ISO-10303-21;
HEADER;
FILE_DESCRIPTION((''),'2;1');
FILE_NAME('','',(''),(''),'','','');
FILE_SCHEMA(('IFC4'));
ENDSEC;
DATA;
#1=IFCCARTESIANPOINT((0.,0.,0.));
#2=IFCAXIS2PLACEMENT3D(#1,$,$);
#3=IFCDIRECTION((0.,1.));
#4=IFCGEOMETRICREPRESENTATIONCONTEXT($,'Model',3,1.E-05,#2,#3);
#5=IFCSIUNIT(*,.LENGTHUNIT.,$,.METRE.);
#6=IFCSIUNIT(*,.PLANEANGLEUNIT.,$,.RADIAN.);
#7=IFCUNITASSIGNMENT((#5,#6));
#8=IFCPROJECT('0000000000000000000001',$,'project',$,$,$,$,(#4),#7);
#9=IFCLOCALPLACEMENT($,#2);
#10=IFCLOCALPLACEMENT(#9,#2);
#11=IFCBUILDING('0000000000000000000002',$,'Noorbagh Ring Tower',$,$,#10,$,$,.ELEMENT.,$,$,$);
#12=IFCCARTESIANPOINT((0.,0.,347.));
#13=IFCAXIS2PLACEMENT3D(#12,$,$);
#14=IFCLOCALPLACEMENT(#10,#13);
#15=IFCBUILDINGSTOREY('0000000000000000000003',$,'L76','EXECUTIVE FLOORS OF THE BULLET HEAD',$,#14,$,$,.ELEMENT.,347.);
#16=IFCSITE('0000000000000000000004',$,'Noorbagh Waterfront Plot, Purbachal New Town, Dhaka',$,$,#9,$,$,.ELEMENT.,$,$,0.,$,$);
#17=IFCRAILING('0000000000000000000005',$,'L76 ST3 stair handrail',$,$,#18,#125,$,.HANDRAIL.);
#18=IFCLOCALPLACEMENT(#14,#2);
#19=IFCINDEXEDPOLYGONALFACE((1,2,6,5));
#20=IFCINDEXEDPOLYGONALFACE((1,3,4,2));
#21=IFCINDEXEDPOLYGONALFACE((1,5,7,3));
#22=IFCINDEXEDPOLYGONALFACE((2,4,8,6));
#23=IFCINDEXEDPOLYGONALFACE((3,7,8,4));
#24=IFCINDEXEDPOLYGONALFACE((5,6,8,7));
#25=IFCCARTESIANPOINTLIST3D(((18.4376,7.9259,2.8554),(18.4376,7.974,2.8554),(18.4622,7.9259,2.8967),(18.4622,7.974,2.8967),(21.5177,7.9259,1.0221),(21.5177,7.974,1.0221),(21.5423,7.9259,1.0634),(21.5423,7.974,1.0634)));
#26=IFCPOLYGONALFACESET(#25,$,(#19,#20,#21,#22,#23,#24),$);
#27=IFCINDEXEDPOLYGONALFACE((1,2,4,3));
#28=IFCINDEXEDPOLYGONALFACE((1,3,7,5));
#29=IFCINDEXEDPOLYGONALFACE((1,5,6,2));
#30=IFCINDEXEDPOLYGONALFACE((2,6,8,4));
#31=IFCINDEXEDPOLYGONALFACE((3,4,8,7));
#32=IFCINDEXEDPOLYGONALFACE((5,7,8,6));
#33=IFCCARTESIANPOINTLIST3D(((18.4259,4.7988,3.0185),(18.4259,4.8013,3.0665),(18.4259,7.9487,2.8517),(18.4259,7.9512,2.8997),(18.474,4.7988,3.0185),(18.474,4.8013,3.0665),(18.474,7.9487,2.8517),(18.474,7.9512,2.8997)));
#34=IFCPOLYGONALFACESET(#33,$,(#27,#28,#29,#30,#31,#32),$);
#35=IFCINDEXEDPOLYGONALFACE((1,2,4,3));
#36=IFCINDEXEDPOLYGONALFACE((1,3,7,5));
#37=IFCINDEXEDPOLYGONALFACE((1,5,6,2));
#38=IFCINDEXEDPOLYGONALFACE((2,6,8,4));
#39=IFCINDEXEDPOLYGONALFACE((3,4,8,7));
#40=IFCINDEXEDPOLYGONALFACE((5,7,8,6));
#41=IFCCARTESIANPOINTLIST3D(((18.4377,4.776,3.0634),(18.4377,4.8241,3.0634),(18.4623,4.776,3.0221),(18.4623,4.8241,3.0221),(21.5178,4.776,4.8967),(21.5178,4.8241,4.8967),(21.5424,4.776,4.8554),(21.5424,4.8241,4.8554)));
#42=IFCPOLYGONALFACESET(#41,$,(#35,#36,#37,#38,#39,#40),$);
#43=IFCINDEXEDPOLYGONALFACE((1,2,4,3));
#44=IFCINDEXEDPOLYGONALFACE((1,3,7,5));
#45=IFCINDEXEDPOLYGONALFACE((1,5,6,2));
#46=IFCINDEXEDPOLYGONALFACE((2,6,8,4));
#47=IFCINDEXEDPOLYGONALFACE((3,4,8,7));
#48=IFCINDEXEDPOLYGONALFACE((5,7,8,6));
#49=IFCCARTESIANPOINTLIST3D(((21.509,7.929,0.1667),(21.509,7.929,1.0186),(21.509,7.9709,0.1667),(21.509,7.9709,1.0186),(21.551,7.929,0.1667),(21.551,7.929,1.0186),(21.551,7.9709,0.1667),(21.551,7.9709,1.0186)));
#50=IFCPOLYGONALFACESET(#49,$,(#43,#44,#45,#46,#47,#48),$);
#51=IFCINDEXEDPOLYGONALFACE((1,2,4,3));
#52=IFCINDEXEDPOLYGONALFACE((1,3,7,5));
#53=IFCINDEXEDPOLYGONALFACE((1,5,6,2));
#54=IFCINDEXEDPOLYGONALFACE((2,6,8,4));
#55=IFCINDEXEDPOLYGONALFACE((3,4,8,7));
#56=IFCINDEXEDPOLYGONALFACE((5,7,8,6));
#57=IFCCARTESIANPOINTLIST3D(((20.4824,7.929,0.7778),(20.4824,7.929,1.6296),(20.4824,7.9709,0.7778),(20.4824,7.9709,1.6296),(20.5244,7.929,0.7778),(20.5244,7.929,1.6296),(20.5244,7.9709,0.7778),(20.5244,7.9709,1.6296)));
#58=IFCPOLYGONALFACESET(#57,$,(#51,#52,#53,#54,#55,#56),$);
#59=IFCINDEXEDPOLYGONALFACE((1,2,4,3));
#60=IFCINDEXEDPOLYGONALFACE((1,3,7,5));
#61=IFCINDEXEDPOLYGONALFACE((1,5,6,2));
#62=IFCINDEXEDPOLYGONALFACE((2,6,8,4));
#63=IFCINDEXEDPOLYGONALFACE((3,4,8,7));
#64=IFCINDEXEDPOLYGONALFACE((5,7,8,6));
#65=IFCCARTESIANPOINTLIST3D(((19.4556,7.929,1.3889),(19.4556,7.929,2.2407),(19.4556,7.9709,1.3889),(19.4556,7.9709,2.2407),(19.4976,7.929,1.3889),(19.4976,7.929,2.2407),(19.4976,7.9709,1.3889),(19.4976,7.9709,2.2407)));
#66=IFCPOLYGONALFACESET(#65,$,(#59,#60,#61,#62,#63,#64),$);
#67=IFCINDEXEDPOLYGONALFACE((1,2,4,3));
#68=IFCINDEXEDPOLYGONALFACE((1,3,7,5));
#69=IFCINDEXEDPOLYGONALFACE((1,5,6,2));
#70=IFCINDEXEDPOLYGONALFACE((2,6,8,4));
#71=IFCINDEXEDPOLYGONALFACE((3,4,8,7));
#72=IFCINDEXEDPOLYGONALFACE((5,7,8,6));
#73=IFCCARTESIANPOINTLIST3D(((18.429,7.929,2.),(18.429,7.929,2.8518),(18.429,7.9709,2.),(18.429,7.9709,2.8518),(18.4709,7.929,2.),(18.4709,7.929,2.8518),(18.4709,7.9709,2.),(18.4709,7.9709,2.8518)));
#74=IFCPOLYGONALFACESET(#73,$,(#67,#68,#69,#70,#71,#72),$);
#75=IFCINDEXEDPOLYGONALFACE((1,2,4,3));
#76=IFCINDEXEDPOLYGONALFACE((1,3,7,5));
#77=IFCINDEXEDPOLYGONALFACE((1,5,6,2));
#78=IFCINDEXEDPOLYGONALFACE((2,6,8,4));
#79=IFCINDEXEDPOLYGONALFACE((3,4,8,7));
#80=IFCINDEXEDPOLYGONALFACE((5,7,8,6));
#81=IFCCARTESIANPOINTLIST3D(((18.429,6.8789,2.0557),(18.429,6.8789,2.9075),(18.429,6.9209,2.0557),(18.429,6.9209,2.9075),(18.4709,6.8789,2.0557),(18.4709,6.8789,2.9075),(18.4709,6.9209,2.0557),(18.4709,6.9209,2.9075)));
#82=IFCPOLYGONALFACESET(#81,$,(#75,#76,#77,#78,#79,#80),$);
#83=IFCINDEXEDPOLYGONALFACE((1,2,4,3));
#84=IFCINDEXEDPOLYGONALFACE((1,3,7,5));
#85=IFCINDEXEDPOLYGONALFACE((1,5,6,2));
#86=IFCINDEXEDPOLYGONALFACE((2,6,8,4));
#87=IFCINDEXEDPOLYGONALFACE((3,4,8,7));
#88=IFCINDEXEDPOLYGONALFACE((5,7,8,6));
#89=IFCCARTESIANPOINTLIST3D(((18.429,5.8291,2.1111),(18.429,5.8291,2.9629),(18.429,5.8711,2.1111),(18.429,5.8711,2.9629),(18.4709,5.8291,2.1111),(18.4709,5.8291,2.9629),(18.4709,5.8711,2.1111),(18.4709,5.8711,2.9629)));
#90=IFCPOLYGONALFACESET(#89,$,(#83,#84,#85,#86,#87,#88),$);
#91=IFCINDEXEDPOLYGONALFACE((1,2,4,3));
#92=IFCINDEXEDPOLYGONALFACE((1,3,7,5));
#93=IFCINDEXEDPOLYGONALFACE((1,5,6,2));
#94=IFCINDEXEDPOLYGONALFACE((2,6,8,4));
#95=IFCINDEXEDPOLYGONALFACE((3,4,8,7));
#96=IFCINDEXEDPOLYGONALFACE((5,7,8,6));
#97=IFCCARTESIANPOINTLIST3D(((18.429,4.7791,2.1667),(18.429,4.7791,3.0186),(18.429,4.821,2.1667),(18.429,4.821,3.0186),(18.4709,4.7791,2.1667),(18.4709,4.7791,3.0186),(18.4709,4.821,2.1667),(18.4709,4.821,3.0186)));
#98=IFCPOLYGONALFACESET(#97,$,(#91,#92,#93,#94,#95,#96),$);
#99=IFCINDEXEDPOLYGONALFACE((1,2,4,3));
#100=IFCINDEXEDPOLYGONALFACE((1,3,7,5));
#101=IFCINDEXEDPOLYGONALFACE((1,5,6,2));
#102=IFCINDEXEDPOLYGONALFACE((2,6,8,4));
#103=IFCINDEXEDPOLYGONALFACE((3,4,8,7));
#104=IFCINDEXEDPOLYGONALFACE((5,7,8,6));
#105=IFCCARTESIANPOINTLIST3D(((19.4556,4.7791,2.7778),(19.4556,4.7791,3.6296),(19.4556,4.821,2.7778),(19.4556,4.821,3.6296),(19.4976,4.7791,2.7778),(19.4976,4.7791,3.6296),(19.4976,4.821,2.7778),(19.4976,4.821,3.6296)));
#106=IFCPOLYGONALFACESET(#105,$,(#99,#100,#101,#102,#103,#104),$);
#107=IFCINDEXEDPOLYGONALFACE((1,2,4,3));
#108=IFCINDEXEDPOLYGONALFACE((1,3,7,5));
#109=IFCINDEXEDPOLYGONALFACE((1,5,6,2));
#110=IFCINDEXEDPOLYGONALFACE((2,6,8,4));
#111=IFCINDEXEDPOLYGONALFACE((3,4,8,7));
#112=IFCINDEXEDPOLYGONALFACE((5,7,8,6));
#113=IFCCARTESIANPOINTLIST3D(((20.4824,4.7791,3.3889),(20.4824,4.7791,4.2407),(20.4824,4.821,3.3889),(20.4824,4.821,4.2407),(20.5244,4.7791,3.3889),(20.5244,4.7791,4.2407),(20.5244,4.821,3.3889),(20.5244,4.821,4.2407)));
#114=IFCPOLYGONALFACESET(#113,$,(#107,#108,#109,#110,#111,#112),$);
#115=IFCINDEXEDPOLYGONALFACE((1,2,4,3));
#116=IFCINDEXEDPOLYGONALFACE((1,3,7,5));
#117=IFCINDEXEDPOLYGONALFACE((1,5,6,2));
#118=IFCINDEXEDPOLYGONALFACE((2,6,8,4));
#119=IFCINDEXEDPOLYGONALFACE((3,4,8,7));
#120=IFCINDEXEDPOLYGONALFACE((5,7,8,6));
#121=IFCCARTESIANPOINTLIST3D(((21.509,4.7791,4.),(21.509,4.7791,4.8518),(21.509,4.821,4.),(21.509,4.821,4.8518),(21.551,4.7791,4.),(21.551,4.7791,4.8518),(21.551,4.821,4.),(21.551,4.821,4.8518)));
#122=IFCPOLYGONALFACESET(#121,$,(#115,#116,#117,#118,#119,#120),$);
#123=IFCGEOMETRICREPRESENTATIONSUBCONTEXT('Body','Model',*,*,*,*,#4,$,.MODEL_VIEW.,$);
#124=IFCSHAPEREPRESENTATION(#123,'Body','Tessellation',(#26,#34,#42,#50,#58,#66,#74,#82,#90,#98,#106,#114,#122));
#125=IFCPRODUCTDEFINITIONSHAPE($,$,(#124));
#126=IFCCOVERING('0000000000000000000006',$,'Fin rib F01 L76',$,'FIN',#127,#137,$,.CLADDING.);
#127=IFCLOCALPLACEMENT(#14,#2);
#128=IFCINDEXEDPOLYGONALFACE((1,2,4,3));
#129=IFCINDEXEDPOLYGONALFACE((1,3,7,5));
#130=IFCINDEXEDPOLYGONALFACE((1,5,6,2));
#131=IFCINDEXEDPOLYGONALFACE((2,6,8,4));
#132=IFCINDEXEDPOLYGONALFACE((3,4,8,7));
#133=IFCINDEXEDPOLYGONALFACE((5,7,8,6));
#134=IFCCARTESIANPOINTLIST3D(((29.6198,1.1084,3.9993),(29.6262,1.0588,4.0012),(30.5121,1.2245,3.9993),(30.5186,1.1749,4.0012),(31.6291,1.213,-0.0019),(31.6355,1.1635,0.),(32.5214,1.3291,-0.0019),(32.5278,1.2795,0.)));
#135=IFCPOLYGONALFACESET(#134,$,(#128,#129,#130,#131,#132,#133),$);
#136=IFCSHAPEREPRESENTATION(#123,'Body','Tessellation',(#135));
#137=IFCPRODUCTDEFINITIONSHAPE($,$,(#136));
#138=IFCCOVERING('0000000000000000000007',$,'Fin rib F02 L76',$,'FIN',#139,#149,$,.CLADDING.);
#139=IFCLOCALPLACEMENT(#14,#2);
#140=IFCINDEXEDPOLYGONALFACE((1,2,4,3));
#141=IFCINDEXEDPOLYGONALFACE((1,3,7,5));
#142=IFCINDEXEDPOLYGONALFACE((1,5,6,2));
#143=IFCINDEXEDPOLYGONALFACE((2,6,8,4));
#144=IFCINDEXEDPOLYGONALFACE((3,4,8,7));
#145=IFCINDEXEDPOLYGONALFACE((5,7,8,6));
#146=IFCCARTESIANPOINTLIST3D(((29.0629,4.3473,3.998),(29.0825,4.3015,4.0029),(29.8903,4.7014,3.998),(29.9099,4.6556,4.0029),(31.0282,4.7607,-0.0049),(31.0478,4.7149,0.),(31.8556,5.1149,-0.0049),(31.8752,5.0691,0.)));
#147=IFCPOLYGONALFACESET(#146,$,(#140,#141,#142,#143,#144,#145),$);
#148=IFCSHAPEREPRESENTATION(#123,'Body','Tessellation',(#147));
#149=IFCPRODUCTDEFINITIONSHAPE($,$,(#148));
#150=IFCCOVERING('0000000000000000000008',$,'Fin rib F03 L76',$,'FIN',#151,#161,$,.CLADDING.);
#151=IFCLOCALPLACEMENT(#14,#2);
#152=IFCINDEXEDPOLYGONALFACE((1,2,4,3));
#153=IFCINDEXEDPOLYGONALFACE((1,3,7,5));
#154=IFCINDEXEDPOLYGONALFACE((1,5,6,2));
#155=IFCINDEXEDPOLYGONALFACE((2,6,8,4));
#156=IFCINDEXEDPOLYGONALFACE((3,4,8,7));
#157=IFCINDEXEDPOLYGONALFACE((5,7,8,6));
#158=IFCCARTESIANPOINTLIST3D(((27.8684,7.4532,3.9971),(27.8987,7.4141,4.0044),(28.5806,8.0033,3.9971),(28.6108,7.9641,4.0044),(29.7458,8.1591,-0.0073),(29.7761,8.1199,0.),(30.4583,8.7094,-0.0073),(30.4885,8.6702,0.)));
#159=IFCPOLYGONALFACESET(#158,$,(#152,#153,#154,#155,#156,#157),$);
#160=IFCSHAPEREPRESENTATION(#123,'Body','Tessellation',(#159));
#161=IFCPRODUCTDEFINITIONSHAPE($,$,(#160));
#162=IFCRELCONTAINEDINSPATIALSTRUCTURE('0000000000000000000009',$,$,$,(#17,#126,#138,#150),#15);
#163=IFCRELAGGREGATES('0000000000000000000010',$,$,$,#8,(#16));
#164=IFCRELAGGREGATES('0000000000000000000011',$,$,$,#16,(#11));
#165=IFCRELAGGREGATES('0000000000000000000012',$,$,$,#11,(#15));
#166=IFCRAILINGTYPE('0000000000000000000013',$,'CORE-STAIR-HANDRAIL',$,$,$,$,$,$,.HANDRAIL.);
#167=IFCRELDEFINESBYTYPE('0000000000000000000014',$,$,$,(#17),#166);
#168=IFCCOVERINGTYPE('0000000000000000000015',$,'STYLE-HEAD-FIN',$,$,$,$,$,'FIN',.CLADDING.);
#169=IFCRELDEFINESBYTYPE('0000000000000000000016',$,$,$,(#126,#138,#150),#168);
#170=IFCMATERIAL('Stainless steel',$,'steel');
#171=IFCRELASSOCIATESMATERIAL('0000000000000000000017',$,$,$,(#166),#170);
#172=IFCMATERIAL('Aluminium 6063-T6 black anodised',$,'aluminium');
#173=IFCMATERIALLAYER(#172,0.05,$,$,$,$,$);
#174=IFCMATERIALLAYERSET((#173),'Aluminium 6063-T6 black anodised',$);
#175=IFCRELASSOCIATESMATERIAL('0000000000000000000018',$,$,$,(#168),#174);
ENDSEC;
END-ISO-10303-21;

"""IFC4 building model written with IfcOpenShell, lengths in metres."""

from ifc_helpers import new_model, si_unit, direction, frame, origin, origin_2d, place, context, subcontext, project, spatial, polyline, rectangle, outline, extrude, material, layer, layer_set, type_object, element, save


model = new_model("IFC4")

# Units and contexts
model_context = context("Model", 3, precision=1e-05, world=origin(), true_north=direction((0.0, 1.0)))
body_context = subcontext(model_context, "Body", "Model", "MODEL_VIEW")
ifc_project = project(units=[si_unit("LENGTHUNIT", "METRE"), si_unit("PLANEANGLEUNIT", "RADIAN")], contexts=[model_context])

# Site, building, storey
site_placement = place(None, origin())
site = spatial("IfcSite", under=ifc_project, at=site_placement, Name="Noorbagh Waterfront Plot, Purbachal New Town, Dhaka", CompositionType="ELEMENT", RefElevation=0.0)
building_placement = place(site_placement, origin())
building = spatial("IfcBuilding", under=site, at=building_placement, Name="Noorbagh Ring Tower", CompositionType="ELEMENT")
storey_placement = place(building_placement, frame((0.0, 0.0, 347.0)))
storey = spatial("IfcBuildingStorey", under=building, at=storey_placement, Name="L76", Description="EXECUTIVE FLOORS OF THE BULLET HEAD", CompositionType="ELEMENT", Elevation=347.0)

# Railing
ifc_material_1 = material(Name="Stainless steel", Category="steel")
railing_type_1 = type_object("IfcRailingType", Name="CORE-STAIR-HANDRAIL", PredefinedType="HANDRAIL", material=ifc_material_1)
railing_1_placement = place(storey_placement, frame((21.53, 7.95, 0.1667)))
element("IfcRailing", 1, at=railing_1_placement, inside=storey, type_object=railing_type_1, Name="L76 ST3 stair handrail", PredefinedType="HANDRAIL", context=body_context, shape_type="SweptSolid", body=[
    extrude(rectangle(XDim=0.0481, YDim=0.0481, at=origin_2d()), frame((0.0, 0.0, 0.876), z_axis=(-0.859309, 0.0, 0.511458), x_axis=(0.0, -1.0, 0.0)), (0.0, 0.0, 1.0), 3.5845),
    extrude(rectangle(XDim=0.0481, YDim=0.0481, at=origin_2d()), frame((-3.0801, 0.0, 2.709), z_axis=(0.0, -0.998602, 0.052864), x_axis=(1.0, 0.0, 0.0)), (0.0, 0.0, 1.0), 3.1543),
    extrude(rectangle(XDim=0.0481, YDim=0.0481, at=origin_2d()), frame((-3.0801, -3.1499, 2.876), z_axis=(0.859309, 0.0, 0.511458), x_axis=(0.0, 1.0, 0.0)), (0.0, 0.0, 1.0), 3.5845),
    extrude(rectangle(XDim=0.042, YDim=0.042, at=origin_2d()), origin(), (0.0, 0.0, 1.0), 0.8518),
    extrude(rectangle(XDim=0.042, YDim=0.042, at=origin_2d()), frame((-1.0266, 0.0, 0.6111)), (0.0, 0.0, 1.0), 0.8518),
    extrude(rectangle(XDim=0.042, YDim=0.042, at=origin_2d()), frame((-2.0535, 0.0, 1.2222)), (0.0, 0.0, 1.0), 0.8518),
    extrude(rectangle(XDim=0.042, YDim=0.042, at=origin_2d()), frame((-3.0801, 0.0, 1.8333)), (0.0, 0.0, 1.0), 0.8518),
    extrude(rectangle(XDim=0.042, YDim=0.042, at=origin_2d()), frame((-3.0801, -1.05, 1.8889)), (0.0, 0.0, 1.0), 0.8518),
    extrude(rectangle(XDim=0.042, YDim=0.042, at=origin_2d()), frame((-3.0801, -2.0999, 1.9443)), (0.0, 0.0, 1.0), 0.8518),
    extrude(rectangle(XDim=0.042, YDim=0.042, at=origin_2d()), frame((-3.0801, -3.1499, 2.0)), (0.0, 0.0, 1.0), 0.8518),
    extrude(rectangle(XDim=0.042, YDim=0.042, at=origin_2d()), frame((-2.0535, -3.1499, 2.6111)), (0.0, 0.0, 1.0), 0.8518),
    extrude(rectangle(XDim=0.042, YDim=0.042, at=origin_2d()), frame((-1.0266, -3.1499, 3.2222)), (0.0, 0.0, 1.0), 0.8518),
    extrude(rectangle(XDim=0.042, YDim=0.042, at=origin_2d()), frame((0.0, -3.1499, 3.8333)), (0.0, 0.0, 1.0), 0.8518),
])

# Coverings
ifc_material_2 = material(Name="Aluminium 6063-T6 black anodised", Category="aluminium")
ifc_layer_1 = layer(ifc_material_2, 0.05)
ifc_layer_set_1 = layer_set([ifc_layer_1], Name="Aluminium 6063-T6 black anodised")
covering_type_1 = type_object("IfcCoveringType", Name="STYLE-HEAD-FIN", ElementType="FIN", PredefinedType="CLADDING", material=ifc_layer_set_1)
covering_1_placement = place(storey_placement, frame((32.5278, 1.2795, 0.0), z_axis=(0.128911, -0.990896, 0.038827), x_axis=(-0.448636, -0.023358, 0.893409)))
element("IfcCovering", 2, at=covering_1_placement, inside=storey, type_object=covering_type_1, Name="Fin rib F01 L76", ObjectType="FIN", PredefinedType="CLADDING", context=body_context, shape_type="SweptSolid", body=[
    extrude(outline(polyline([(0.0, 0.0), (4.4786, 0.0), (4.8817, 0.8046), (0.403, 0.8045), (0.0, 0.0)])), origin(), (0.0, 0.0, -1.0), 0.05),
])
covering_2_placement = place(storey_placement, frame((31.8752, 5.0691, 0.0), z_axis=(0.391592, -0.914931, 0.097761), x_axis=(-0.438846, -0.092324, 0.893807)))
element("IfcCovering", 3, at=covering_2_placement, inside=storey, type_object=covering_type_1, Name="Fin rib F02 L76", ObjectType="FIN", PredefinedType="CLADDING", context=body_context, shape_type="SweptSolid", body=[
    extrude(outline(polyline([(0.0, 0.0), (4.4785, 0.0), (4.8743, 0.8082), (0.3958, 0.8083), (0.0, 0.0)])), origin(), (0.0, 0.0, -1.0), 0.05),
])
covering_3_placement = place(storey_placement, frame((30.4885, 8.6702, 0.0), z_axis=(0.604781, -0.782981, 0.145536), x_axis=(-0.419244, -0.157641, 0.894083)))
element("IfcCovering", 4, at=covering_3_placement, inside=storey, type_object=covering_type_1, Name="Fin rib F03 L76", ObjectType="FIN", PredefinedType="CLADDING", context=body_context, shape_type="SweptSolid", body=[
    extrude(outline(polyline([(0.0, 0.0), (4.4788, 0.0), (4.864, 0.8132), (0.3854, 0.8135), (0.0, 0.0)])), origin(), (0.0, 0.0, -1.0), 0.05),
])

save(model, "model.ifc")
